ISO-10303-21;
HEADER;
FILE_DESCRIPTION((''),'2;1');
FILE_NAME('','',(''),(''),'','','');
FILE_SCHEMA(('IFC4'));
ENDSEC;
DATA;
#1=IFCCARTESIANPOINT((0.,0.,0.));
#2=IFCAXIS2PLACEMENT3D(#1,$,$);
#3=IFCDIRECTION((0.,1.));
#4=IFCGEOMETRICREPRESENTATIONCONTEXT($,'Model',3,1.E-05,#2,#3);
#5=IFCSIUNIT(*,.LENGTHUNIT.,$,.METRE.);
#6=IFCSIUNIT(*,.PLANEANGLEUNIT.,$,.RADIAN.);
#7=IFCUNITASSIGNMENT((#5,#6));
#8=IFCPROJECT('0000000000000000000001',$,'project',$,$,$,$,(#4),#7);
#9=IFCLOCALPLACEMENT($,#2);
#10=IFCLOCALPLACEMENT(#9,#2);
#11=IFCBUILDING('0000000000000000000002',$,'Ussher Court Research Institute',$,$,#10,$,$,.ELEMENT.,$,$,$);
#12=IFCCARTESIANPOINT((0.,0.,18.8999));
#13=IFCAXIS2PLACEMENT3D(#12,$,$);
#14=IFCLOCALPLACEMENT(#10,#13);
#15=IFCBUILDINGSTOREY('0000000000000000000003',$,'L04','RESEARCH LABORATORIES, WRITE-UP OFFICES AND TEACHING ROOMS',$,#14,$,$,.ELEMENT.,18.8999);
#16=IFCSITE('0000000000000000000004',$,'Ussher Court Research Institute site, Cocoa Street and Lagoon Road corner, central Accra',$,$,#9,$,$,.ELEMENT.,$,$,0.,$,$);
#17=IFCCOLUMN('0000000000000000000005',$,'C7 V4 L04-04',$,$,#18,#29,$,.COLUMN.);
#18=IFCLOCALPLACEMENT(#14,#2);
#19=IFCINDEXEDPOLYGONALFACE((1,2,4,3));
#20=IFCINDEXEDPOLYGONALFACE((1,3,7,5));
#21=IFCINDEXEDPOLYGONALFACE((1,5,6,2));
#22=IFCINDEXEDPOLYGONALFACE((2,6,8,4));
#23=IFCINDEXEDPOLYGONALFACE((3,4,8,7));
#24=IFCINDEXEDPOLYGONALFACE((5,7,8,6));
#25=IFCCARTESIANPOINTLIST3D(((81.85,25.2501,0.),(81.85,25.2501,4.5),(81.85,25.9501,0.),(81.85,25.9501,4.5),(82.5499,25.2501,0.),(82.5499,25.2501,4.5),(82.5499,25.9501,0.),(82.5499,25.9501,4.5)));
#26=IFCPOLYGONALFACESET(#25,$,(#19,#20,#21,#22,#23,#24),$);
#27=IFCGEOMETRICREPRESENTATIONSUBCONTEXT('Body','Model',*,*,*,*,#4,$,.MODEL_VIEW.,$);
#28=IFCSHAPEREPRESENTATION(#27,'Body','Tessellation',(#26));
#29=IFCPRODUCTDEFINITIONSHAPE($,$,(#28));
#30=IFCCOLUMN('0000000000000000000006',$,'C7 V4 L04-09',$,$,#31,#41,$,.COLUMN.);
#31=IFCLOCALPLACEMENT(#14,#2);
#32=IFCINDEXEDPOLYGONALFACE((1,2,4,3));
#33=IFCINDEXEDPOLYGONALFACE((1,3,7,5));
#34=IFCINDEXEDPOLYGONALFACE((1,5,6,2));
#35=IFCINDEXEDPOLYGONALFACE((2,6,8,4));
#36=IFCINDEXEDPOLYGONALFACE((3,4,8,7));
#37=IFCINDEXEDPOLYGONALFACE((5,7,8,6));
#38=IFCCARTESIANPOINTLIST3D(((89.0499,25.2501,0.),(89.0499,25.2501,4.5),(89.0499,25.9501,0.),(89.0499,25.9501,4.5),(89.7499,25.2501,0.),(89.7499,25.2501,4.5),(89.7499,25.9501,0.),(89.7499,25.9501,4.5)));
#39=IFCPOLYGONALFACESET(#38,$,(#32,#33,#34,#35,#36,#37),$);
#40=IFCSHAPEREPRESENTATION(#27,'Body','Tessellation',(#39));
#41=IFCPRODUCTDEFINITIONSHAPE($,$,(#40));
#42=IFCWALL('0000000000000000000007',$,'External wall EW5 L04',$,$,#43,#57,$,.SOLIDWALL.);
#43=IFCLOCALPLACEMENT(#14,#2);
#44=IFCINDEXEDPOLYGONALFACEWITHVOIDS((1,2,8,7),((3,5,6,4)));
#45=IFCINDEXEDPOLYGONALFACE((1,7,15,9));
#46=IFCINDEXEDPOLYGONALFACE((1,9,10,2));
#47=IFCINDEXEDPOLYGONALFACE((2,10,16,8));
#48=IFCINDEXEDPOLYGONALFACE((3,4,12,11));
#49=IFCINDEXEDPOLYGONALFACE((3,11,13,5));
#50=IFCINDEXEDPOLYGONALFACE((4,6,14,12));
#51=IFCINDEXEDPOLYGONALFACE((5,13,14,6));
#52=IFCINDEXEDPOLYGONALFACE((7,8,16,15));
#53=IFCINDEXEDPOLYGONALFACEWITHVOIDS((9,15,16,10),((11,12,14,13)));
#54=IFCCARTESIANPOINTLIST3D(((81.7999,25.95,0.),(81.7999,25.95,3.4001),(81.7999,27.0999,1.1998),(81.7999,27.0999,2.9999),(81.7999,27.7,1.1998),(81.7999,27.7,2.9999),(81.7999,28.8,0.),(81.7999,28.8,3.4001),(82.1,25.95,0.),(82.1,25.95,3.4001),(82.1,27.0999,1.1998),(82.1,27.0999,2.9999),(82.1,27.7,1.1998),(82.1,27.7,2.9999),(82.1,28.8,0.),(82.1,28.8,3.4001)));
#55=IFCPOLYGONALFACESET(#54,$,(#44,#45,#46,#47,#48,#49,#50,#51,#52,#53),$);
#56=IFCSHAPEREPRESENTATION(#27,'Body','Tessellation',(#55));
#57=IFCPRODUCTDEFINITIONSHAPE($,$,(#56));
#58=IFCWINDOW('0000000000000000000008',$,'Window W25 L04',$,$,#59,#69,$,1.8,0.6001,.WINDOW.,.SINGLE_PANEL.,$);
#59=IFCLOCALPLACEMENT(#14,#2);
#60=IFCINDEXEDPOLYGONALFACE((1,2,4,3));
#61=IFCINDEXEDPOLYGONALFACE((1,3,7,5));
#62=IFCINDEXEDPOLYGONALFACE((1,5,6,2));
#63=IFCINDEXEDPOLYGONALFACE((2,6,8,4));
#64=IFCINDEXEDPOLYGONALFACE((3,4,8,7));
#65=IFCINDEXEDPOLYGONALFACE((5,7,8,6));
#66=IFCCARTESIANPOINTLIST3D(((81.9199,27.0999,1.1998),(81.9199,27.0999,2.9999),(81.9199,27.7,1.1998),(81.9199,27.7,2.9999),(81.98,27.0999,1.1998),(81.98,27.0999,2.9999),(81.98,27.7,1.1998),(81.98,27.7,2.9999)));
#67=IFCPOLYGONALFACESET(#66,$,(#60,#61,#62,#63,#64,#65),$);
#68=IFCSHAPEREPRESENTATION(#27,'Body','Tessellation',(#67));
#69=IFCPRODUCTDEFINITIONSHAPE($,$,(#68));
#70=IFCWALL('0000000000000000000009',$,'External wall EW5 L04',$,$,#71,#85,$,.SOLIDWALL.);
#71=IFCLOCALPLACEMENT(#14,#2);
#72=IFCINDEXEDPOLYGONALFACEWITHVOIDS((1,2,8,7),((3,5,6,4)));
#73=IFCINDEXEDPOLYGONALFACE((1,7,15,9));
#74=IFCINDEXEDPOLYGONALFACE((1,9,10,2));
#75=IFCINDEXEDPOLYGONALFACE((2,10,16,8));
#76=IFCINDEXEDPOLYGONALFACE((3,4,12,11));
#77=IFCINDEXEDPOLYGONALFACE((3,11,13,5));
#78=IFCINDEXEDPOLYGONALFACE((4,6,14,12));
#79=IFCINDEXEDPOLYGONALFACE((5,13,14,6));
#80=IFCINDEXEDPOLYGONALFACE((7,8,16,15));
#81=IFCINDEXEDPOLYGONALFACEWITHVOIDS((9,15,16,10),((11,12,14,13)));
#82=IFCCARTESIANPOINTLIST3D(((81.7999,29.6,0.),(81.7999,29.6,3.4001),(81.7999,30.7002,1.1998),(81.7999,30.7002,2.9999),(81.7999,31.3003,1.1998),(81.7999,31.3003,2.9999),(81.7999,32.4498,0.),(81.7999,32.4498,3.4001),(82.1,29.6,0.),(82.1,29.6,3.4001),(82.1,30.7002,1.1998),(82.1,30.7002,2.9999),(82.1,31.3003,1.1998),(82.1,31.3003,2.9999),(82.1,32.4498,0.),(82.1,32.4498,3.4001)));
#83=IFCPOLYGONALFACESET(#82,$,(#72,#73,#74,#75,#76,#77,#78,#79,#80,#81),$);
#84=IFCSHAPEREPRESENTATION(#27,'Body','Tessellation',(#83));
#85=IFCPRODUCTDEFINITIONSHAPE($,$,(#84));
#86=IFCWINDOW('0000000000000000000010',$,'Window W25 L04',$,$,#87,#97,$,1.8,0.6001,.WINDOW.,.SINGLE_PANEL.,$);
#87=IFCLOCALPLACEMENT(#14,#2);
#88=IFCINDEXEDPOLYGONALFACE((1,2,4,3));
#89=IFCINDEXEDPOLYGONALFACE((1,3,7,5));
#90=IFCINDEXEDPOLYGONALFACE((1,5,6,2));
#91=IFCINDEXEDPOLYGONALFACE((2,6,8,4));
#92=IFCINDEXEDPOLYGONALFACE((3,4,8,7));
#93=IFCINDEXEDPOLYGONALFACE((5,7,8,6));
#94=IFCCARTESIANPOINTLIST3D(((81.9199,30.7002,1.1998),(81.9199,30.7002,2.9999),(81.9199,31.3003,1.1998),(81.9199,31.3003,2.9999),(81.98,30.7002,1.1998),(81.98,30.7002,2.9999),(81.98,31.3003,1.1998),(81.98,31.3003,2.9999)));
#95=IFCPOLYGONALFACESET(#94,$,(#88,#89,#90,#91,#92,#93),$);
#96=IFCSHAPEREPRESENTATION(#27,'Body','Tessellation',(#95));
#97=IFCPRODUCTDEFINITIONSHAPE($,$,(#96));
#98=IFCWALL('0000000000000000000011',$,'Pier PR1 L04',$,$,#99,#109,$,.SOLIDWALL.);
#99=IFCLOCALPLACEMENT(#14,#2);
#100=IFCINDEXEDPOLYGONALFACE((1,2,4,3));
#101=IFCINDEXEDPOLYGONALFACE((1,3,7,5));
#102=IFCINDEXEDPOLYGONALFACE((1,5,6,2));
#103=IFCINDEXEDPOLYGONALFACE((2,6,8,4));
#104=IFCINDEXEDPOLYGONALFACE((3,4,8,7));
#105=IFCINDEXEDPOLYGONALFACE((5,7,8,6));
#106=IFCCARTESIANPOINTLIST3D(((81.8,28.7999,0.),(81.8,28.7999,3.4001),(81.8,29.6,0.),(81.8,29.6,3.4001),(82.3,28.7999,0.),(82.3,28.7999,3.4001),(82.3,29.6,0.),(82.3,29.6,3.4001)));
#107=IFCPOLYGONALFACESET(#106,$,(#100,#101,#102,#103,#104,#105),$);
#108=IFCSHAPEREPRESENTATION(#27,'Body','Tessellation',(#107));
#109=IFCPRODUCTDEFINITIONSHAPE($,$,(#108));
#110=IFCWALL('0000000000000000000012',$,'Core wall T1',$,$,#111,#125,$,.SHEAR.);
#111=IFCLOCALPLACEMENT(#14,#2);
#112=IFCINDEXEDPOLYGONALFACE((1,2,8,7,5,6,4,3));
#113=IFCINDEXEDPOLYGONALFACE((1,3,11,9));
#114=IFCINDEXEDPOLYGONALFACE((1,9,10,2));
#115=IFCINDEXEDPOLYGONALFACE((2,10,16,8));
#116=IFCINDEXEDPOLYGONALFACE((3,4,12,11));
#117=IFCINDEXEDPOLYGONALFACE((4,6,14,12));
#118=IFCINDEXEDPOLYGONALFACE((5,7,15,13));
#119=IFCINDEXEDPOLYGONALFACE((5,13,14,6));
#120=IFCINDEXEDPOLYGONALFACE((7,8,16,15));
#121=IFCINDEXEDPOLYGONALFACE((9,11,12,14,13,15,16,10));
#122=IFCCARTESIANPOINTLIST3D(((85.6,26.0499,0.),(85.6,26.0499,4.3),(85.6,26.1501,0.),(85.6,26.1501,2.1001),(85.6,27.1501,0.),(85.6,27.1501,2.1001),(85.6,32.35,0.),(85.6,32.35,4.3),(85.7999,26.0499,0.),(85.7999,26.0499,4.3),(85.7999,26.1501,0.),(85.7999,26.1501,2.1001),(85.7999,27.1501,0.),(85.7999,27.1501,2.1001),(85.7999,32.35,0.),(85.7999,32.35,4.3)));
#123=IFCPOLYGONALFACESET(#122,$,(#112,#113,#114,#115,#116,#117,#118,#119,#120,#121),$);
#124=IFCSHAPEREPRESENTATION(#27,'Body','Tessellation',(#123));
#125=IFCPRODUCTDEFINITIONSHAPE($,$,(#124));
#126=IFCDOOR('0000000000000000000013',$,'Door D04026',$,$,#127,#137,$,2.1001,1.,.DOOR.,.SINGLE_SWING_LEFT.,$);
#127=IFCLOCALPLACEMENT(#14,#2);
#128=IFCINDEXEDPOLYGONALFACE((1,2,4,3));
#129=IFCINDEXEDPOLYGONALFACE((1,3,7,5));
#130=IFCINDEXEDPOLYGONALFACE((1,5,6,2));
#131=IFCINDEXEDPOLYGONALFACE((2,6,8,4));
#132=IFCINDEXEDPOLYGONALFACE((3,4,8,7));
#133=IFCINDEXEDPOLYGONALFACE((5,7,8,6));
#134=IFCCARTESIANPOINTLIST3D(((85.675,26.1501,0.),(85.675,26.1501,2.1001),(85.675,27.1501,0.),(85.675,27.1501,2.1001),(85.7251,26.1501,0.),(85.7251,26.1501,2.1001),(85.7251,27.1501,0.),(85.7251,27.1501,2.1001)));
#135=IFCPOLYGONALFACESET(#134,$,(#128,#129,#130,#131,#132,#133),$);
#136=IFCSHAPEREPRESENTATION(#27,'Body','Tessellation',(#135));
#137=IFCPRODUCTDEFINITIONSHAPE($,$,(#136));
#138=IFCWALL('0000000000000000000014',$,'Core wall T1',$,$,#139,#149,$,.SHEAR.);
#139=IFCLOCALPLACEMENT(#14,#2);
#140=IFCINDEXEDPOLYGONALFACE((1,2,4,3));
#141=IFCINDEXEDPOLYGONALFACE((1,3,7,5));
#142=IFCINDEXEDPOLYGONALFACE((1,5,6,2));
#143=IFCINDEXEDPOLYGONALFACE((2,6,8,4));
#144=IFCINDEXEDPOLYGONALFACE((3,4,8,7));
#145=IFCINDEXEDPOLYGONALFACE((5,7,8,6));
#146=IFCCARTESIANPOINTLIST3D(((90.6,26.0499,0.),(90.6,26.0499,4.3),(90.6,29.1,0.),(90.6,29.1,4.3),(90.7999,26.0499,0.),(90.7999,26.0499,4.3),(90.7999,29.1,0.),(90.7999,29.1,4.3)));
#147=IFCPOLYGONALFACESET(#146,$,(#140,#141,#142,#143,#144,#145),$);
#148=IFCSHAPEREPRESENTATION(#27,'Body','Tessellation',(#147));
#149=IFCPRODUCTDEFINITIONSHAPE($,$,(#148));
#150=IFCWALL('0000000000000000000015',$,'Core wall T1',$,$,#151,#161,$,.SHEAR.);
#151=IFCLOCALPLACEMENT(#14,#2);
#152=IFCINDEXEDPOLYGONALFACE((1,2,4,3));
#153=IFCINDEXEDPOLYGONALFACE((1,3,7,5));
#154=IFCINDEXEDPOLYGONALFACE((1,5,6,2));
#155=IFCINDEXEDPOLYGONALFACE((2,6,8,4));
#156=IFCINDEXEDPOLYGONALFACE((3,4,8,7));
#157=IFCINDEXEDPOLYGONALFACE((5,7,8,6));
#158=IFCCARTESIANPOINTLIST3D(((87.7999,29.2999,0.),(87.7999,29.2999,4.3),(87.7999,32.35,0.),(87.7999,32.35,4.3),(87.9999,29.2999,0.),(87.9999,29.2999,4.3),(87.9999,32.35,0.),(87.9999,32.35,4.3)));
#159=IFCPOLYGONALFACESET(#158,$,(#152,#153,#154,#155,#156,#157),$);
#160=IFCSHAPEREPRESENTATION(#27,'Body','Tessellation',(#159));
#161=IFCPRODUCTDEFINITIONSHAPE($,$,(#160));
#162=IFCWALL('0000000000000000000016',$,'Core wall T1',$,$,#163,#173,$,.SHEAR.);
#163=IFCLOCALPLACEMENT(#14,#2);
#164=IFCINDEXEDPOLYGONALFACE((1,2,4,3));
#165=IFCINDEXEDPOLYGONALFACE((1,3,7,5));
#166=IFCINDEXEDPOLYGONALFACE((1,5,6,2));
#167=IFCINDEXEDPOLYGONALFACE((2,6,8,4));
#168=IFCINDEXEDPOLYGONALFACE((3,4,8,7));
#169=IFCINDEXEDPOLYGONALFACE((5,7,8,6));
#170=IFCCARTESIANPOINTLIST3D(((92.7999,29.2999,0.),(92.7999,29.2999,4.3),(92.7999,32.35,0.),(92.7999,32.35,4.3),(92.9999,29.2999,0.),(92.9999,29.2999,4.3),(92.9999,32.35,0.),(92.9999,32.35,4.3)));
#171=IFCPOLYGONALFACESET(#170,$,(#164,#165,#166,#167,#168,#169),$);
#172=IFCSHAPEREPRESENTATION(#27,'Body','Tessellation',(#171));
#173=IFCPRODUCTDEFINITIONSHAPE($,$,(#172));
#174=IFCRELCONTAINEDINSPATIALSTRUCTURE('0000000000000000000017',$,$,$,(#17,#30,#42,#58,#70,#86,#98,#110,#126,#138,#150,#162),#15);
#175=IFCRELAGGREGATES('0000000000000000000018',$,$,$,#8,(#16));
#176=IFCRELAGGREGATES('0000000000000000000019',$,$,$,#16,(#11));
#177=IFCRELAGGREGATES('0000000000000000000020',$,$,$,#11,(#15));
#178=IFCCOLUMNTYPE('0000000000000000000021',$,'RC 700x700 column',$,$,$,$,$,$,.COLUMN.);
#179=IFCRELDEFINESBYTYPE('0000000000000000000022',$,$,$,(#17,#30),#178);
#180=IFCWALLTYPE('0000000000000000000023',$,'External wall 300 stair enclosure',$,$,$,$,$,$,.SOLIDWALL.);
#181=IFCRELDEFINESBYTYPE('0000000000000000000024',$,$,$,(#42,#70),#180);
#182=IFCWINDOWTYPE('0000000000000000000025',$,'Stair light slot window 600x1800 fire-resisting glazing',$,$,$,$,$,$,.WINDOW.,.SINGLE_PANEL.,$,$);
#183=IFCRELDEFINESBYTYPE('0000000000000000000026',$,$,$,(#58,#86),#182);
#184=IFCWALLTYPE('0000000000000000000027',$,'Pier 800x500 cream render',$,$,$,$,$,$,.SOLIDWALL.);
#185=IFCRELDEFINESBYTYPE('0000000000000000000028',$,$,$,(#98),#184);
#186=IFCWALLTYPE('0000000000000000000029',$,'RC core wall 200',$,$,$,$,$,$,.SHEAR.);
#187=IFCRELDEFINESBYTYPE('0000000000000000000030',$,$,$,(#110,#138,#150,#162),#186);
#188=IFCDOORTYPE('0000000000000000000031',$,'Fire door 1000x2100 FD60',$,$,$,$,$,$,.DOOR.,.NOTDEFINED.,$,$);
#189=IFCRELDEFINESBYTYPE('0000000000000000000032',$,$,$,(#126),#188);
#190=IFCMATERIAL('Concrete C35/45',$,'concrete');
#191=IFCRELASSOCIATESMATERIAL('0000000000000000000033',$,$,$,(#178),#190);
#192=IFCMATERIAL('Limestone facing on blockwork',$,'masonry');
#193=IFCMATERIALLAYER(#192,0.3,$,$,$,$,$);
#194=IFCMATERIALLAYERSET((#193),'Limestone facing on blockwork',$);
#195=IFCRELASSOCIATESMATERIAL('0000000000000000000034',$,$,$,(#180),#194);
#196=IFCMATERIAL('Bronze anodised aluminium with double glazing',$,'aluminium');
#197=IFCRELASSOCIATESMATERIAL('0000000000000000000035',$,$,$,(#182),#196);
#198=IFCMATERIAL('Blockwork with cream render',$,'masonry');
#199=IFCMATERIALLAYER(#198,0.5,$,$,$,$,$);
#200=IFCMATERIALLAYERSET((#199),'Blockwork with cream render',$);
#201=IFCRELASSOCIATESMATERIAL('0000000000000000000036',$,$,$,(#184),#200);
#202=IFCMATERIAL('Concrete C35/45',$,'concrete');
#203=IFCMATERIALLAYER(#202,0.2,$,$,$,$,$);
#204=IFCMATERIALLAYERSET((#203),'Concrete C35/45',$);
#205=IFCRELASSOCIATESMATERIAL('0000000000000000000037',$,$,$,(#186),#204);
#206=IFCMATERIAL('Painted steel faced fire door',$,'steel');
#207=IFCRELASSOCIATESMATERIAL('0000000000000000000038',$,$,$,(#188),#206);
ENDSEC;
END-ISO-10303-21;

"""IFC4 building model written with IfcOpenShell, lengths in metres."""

from ifc_helpers import new_model, si_unit, direction, frame, frame_2d, origin, origin_2d, place, context, subcontext, project, spatial, rectangle, extrude, material, layer, layer_set, material_profile, profile_set, type_object, element, fill, save


model = new_model("IFC4")

# Units and contexts
model_context = context("Model", 3, precision=1e-05, world=origin(), true_north=direction((0.0, 1.0)))
body_context = subcontext(model_context, "Body", "Model", "MODEL_VIEW")
ifc_project = project(units=[si_unit("LENGTHUNIT", "METRE"), si_unit("PLANEANGLEUNIT", "RADIAN")], contexts=[model_context])

# Site, building, storey
site_placement = place(None, origin())
site = spatial("IfcSite", under=ifc_project, at=site_placement, Name="Ussher Court Research Institute site, Cocoa Street and Lagoon Road corner, central Accra", CompositionType="ELEMENT", RefElevation=0.0)
building_placement = place(site_placement, origin())
building = spatial("IfcBuilding", under=site, at=building_placement, Name="Ussher Court Research Institute", CompositionType="ELEMENT")
storey_placement = place(building_placement, frame((0.0, 0.0, 18.8999)))
storey = spatial("IfcBuildingStorey", under=building, at=storey_placement, Name="L04", Description="RESEARCH LABORATORIES, WRITE-UP OFFICES AND TEACHING ROOMS", CompositionType="ELEMENT", Elevation=18.8999)

# Columns
ifc_material_1 = material(Name="Concrete C35/45", Category="concrete")
ifc_material_profile = material_profile(ifc_material_1, rectangle(XDim=0.7, YDim=0.7, at=origin_2d()), Name="RC 700x700")
ifc_profile_set = profile_set([ifc_material_profile], Name="Concrete C35/45")
column_type = type_object("IfcColumnType", Name="RC 700x700 column", PredefinedType="COLUMN", material=ifc_profile_set)
for number, where, z_axis, x_axis, name in (
    (1, (82.2, 25.6001, 0.0), (0.0, 0.0, 1.0), (1.0, 0.0, 0.0), "C7 V4 L04-04"),
    (2, (89.3999, 25.6001, 0.0), (0.0, 0.0, 1.0), (1.0, 0.0, 0.0), "C7 V4 L04-09"),
):
    element("IfcColumn", number, at=place(storey_placement, frame(where, z_axis=z_axis, x_axis=x_axis)), inside=storey, type_object=column_type, Name=name, PredefinedType="COLUMN", context=body_context, shape_type="SweptSolid", body=[
        extrude(rectangle(XDim=0.7, YDim=0.7, at=origin_2d()), origin(), (0.0, 0.0, 1.0), 4.5),
    ])

# Walls, openings, windows
ifc_material_2 = material(Name="Limestone facing on blockwork", Category="masonry")
ifc_layer_1 = layer(ifc_material_2, 0.3)
ifc_layer_set_1 = layer_set([ifc_layer_1], Name="Limestone facing on blockwork")
wall_type_1 = type_object("IfcWallType", Name="External wall 300 stair enclosure", PredefinedType="SOLIDWALL", material=ifc_layer_set_1)
wall_1_placement = place(storey_placement, frame((81.95, 25.95, 0.0), z_axis=(0.0, 0.0, 1.0), x_axis=(0.0, 1.0, 0.0)))
wall_1 = element("IfcWall", 3, at=wall_1_placement, inside=storey, type_object=wall_type_1, Name="External wall EW5 L04", PredefinedType="SOLIDWALL", context=body_context, shape_type="SweptSolid", body=[
    extrude(rectangle(XDim=2.8501, YDim=0.3, at=frame_2d((1.425, 0.0))), origin(), (0.0, 0.0, 1.0), 3.4001),
])
opening_1_placement = place(wall_1_placement, frame((1.1499, 0.0, 1.2)))
opening_1 = element("IfcOpeningElement", 4, at=opening_1_placement, cuts=wall_1, PredefinedType="OPENING", context=body_context, shape_type="SweptSolid", body=[
    extrude(rectangle(XDim=0.6001, YDim=1.8, at=frame_2d((0.3, 0.8999))), frame((0.0, 0.1602, 0.0), z_axis=(0.0, -1.0, 0.0), x_axis=(1.0, 0.0, 0.0)), (0.0, 0.0, 1.0), 0.3201),
])
ifc_material_3 = material(Name="Bronze anodised aluminium with double glazing", Category="aluminium")
window_type = type_object("IfcWindowType", Name="Stair light slot window 600x1800 fire-resisting glazing", PartitioningType="SINGLE_PANEL", PredefinedType="WINDOW", material=ifc_material_3)
window_1_placement = place(opening_1_placement, origin())
window_1 = element("IfcWindow", 5, at=window_1_placement, inside=storey, type_object=window_type, Name="Window W25 L04", OverallHeight=1.8, OverallWidth=0.6001, PartitioningType="SINGLE_PANEL", PredefinedType="WINDOW", context=body_context, shape_type="SweptSolid", body=[
    extrude(rectangle(XDim=0.6001, YDim=1.8, at=frame_2d((0.3, 0.8999))), frame((0.0, 0.03, 0.0), z_axis=(0.0, -1.0, 0.0), x_axis=(1.0, 0.0, 0.0)), (0.0, 0.0, 1.0), 0.0601),
])
fill(opening_1, window_1)
wall_2_placement = place(storey_placement, frame((81.95, 29.6001, 0.0), z_axis=(0.0, 0.0, 1.0), x_axis=(0.0, 1.0, 0.0)))
wall_2 = element("IfcWall", 6, at=wall_2_placement, inside=storey, type_object=wall_type_1, Name="External wall EW5 L04", PredefinedType="SOLIDWALL", context=body_context, shape_type="SweptSolid", body=[
    extrude(rectangle(XDim=2.8499, YDim=0.3, at=frame_2d((1.4248, 0.0))), origin(), (0.0, 0.0, 1.0), 3.4001),
])
opening_2_placement = place(wall_2_placement, frame((1.1001, 0.0, 1.2)))
opening_2 = element("IfcOpeningElement", 7, at=opening_2_placement, cuts=wall_2, PredefinedType="OPENING", context=body_context, shape_type="SweptSolid", body=[
    extrude(rectangle(XDim=0.6001, YDim=1.8, at=frame_2d((0.3, 0.8999))), frame((0.0, 0.1602, 0.0), z_axis=(0.0, -1.0, 0.0), x_axis=(1.0, 0.0, 0.0)), (0.0, 0.0, 1.0), 0.3201),
])
window_2_placement = place(opening_2_placement, origin())
window_2 = element("IfcWindow", 8, at=window_2_placement, inside=storey, type_object=window_type, Name="Window W25 L04", OverallHeight=1.8, OverallWidth=0.6001, PartitioningType="SINGLE_PANEL", PredefinedType="WINDOW", context=body_context, shape_type="SweptSolid", body=[
    extrude(rectangle(XDim=0.6001, YDim=1.8, at=frame_2d((0.3, 0.8999))), frame((0.0, 0.03, 0.0), z_axis=(0.0, -1.0, 0.0), x_axis=(1.0, 0.0, 0.0)), (0.0, 0.0, 1.0), 0.0601),
])
fill(opening_2, window_2)

# Wall
ifc_material_4 = material(Name="Blockwork with cream render", Category="masonry")
ifc_layer_2 = layer(ifc_material_4, 0.5)
ifc_layer_set_2 = layer_set([ifc_layer_2], Name="Blockwork with cream render")
wall_type_2 = type_object("IfcWallType", Name="Pier 800x500 cream render", PredefinedType="SOLIDWALL", material=ifc_layer_set_2)
wall_3_placement = place(storey_placement, frame((82.05, 28.8, 0.0), z_axis=(0.0, 0.0, 1.0), x_axis=(0.0, 1.0, 0.0)))
element("IfcWall", 9, at=wall_3_placement, inside=storey, type_object=wall_type_2, Name="Pier PR1 L04", PredefinedType="SOLIDWALL", context=body_context, shape_type="SweptSolid", body=[
    extrude(rectangle(XDim=0.8, YDim=0.5, at=frame_2d((0.3999, 0.0))), origin(), (0.0, 0.0, 1.0), 3.4001),
])

# Wall, opening, door
ifc_material_5 = material(Name="Concrete C35/45", Category="concrete")
ifc_layer_3 = layer(ifc_material_5, 0.2)
ifc_layer_set_3 = layer_set([ifc_layer_3], Name="Concrete C35/45")
wall_type_3 = type_object("IfcWallType", Name="RC core wall 200", PredefinedType="SHEAR", material=ifc_layer_set_3)
wall_4_placement = place(storey_placement, frame((85.7, 26.05, 0.0), z_axis=(0.0, 0.0, 1.0), x_axis=(0.0, 1.0, 0.0)))
wall_4 = element("IfcWall", 10, at=wall_4_placement, inside=storey, type_object=wall_type_3, Name="Core wall T1", PredefinedType="SHEAR", context=body_context, shape_type="SweptSolid", body=[
    extrude(rectangle(XDim=6.3, YDim=0.2, at=frame_2d((3.1499, 0.0))), origin(), (0.0, 0.0, 1.0), 4.3),
])
opening_3_placement = place(wall_4_placement, frame((0.1001, 0.0, 0.0)))
opening_3 = element("IfcOpeningElement", 11, at=opening_3_placement, cuts=wall_4, PredefinedType="OPENING", context=body_context, shape_type="SweptSolid", body=[
    extrude(rectangle(XDim=1.0, YDim=2.1001, at=frame_2d((0.5, 1.05))), frame((0.0, 0.1099, 0.0), z_axis=(0.0, -1.0, 0.0), x_axis=(1.0, 0.0, 0.0)), (0.0, 0.0, 1.0), 0.22),
])
ifc_material_6 = material(Name="Painted steel faced fire door", Category="steel")
door_type_1 = type_object("IfcDoorType", Name="Fire door 1000x2100 FD60", OperationType="NOTDEFINED", PredefinedType="DOOR", material=ifc_material_6)
door_1_placement = place(opening_3_placement, origin())
door_1 = element("IfcDoor", 12, at=door_1_placement, inside=storey, type_object=door_type_1, Name="Door D04026", OperationType="SINGLE_SWING_LEFT", OverallHeight=2.1001, OverallWidth=1.0, PredefinedType="DOOR", context=body_context, shape_type="SweptSolid", body=[
    extrude(rectangle(XDim=1.0, YDim=2.1001, at=frame_2d((0.5, 1.05))), frame((0.0, 0.0249, 0.0), z_axis=(0.0, -1.0, 0.0), x_axis=(1.0, 0.0, 0.0)), (0.0, 0.0, 1.0), 0.05),
])
fill(opening_3, door_1)

# Walls
for number, where, z_axis, x_axis, name in (
    (13, (90.7, 26.05, 0.0), (0.0, 0.0, 1.0), (0.0, 1.0, 0.0), "Core wall T1"),
    (14, (87.8999, 29.3, 0.0), (0.0, 0.0, 1.0), (0.0, 1.0, 0.0), "Core wall T1"),
    (15, (92.8999, 29.3, 0.0), (0.0, 0.0, 1.0), (0.0, 1.0, 0.0), "Core wall T1"),
):
    element("IfcWall", number, at=place(storey_placement, frame(where, z_axis=z_axis, x_axis=x_axis)), inside=storey, type_object=wall_type_3, Name=name, PredefinedType="SHEAR", context=body_context, shape_type="SweptSolid", body=[
        extrude(rectangle(XDim=3.05, YDim=0.2, at=frame_2d((1.5249, 0.0))), origin(), (0.0, 0.0, 1.0), 4.3),
    ])

save(model, "model.ifc")
